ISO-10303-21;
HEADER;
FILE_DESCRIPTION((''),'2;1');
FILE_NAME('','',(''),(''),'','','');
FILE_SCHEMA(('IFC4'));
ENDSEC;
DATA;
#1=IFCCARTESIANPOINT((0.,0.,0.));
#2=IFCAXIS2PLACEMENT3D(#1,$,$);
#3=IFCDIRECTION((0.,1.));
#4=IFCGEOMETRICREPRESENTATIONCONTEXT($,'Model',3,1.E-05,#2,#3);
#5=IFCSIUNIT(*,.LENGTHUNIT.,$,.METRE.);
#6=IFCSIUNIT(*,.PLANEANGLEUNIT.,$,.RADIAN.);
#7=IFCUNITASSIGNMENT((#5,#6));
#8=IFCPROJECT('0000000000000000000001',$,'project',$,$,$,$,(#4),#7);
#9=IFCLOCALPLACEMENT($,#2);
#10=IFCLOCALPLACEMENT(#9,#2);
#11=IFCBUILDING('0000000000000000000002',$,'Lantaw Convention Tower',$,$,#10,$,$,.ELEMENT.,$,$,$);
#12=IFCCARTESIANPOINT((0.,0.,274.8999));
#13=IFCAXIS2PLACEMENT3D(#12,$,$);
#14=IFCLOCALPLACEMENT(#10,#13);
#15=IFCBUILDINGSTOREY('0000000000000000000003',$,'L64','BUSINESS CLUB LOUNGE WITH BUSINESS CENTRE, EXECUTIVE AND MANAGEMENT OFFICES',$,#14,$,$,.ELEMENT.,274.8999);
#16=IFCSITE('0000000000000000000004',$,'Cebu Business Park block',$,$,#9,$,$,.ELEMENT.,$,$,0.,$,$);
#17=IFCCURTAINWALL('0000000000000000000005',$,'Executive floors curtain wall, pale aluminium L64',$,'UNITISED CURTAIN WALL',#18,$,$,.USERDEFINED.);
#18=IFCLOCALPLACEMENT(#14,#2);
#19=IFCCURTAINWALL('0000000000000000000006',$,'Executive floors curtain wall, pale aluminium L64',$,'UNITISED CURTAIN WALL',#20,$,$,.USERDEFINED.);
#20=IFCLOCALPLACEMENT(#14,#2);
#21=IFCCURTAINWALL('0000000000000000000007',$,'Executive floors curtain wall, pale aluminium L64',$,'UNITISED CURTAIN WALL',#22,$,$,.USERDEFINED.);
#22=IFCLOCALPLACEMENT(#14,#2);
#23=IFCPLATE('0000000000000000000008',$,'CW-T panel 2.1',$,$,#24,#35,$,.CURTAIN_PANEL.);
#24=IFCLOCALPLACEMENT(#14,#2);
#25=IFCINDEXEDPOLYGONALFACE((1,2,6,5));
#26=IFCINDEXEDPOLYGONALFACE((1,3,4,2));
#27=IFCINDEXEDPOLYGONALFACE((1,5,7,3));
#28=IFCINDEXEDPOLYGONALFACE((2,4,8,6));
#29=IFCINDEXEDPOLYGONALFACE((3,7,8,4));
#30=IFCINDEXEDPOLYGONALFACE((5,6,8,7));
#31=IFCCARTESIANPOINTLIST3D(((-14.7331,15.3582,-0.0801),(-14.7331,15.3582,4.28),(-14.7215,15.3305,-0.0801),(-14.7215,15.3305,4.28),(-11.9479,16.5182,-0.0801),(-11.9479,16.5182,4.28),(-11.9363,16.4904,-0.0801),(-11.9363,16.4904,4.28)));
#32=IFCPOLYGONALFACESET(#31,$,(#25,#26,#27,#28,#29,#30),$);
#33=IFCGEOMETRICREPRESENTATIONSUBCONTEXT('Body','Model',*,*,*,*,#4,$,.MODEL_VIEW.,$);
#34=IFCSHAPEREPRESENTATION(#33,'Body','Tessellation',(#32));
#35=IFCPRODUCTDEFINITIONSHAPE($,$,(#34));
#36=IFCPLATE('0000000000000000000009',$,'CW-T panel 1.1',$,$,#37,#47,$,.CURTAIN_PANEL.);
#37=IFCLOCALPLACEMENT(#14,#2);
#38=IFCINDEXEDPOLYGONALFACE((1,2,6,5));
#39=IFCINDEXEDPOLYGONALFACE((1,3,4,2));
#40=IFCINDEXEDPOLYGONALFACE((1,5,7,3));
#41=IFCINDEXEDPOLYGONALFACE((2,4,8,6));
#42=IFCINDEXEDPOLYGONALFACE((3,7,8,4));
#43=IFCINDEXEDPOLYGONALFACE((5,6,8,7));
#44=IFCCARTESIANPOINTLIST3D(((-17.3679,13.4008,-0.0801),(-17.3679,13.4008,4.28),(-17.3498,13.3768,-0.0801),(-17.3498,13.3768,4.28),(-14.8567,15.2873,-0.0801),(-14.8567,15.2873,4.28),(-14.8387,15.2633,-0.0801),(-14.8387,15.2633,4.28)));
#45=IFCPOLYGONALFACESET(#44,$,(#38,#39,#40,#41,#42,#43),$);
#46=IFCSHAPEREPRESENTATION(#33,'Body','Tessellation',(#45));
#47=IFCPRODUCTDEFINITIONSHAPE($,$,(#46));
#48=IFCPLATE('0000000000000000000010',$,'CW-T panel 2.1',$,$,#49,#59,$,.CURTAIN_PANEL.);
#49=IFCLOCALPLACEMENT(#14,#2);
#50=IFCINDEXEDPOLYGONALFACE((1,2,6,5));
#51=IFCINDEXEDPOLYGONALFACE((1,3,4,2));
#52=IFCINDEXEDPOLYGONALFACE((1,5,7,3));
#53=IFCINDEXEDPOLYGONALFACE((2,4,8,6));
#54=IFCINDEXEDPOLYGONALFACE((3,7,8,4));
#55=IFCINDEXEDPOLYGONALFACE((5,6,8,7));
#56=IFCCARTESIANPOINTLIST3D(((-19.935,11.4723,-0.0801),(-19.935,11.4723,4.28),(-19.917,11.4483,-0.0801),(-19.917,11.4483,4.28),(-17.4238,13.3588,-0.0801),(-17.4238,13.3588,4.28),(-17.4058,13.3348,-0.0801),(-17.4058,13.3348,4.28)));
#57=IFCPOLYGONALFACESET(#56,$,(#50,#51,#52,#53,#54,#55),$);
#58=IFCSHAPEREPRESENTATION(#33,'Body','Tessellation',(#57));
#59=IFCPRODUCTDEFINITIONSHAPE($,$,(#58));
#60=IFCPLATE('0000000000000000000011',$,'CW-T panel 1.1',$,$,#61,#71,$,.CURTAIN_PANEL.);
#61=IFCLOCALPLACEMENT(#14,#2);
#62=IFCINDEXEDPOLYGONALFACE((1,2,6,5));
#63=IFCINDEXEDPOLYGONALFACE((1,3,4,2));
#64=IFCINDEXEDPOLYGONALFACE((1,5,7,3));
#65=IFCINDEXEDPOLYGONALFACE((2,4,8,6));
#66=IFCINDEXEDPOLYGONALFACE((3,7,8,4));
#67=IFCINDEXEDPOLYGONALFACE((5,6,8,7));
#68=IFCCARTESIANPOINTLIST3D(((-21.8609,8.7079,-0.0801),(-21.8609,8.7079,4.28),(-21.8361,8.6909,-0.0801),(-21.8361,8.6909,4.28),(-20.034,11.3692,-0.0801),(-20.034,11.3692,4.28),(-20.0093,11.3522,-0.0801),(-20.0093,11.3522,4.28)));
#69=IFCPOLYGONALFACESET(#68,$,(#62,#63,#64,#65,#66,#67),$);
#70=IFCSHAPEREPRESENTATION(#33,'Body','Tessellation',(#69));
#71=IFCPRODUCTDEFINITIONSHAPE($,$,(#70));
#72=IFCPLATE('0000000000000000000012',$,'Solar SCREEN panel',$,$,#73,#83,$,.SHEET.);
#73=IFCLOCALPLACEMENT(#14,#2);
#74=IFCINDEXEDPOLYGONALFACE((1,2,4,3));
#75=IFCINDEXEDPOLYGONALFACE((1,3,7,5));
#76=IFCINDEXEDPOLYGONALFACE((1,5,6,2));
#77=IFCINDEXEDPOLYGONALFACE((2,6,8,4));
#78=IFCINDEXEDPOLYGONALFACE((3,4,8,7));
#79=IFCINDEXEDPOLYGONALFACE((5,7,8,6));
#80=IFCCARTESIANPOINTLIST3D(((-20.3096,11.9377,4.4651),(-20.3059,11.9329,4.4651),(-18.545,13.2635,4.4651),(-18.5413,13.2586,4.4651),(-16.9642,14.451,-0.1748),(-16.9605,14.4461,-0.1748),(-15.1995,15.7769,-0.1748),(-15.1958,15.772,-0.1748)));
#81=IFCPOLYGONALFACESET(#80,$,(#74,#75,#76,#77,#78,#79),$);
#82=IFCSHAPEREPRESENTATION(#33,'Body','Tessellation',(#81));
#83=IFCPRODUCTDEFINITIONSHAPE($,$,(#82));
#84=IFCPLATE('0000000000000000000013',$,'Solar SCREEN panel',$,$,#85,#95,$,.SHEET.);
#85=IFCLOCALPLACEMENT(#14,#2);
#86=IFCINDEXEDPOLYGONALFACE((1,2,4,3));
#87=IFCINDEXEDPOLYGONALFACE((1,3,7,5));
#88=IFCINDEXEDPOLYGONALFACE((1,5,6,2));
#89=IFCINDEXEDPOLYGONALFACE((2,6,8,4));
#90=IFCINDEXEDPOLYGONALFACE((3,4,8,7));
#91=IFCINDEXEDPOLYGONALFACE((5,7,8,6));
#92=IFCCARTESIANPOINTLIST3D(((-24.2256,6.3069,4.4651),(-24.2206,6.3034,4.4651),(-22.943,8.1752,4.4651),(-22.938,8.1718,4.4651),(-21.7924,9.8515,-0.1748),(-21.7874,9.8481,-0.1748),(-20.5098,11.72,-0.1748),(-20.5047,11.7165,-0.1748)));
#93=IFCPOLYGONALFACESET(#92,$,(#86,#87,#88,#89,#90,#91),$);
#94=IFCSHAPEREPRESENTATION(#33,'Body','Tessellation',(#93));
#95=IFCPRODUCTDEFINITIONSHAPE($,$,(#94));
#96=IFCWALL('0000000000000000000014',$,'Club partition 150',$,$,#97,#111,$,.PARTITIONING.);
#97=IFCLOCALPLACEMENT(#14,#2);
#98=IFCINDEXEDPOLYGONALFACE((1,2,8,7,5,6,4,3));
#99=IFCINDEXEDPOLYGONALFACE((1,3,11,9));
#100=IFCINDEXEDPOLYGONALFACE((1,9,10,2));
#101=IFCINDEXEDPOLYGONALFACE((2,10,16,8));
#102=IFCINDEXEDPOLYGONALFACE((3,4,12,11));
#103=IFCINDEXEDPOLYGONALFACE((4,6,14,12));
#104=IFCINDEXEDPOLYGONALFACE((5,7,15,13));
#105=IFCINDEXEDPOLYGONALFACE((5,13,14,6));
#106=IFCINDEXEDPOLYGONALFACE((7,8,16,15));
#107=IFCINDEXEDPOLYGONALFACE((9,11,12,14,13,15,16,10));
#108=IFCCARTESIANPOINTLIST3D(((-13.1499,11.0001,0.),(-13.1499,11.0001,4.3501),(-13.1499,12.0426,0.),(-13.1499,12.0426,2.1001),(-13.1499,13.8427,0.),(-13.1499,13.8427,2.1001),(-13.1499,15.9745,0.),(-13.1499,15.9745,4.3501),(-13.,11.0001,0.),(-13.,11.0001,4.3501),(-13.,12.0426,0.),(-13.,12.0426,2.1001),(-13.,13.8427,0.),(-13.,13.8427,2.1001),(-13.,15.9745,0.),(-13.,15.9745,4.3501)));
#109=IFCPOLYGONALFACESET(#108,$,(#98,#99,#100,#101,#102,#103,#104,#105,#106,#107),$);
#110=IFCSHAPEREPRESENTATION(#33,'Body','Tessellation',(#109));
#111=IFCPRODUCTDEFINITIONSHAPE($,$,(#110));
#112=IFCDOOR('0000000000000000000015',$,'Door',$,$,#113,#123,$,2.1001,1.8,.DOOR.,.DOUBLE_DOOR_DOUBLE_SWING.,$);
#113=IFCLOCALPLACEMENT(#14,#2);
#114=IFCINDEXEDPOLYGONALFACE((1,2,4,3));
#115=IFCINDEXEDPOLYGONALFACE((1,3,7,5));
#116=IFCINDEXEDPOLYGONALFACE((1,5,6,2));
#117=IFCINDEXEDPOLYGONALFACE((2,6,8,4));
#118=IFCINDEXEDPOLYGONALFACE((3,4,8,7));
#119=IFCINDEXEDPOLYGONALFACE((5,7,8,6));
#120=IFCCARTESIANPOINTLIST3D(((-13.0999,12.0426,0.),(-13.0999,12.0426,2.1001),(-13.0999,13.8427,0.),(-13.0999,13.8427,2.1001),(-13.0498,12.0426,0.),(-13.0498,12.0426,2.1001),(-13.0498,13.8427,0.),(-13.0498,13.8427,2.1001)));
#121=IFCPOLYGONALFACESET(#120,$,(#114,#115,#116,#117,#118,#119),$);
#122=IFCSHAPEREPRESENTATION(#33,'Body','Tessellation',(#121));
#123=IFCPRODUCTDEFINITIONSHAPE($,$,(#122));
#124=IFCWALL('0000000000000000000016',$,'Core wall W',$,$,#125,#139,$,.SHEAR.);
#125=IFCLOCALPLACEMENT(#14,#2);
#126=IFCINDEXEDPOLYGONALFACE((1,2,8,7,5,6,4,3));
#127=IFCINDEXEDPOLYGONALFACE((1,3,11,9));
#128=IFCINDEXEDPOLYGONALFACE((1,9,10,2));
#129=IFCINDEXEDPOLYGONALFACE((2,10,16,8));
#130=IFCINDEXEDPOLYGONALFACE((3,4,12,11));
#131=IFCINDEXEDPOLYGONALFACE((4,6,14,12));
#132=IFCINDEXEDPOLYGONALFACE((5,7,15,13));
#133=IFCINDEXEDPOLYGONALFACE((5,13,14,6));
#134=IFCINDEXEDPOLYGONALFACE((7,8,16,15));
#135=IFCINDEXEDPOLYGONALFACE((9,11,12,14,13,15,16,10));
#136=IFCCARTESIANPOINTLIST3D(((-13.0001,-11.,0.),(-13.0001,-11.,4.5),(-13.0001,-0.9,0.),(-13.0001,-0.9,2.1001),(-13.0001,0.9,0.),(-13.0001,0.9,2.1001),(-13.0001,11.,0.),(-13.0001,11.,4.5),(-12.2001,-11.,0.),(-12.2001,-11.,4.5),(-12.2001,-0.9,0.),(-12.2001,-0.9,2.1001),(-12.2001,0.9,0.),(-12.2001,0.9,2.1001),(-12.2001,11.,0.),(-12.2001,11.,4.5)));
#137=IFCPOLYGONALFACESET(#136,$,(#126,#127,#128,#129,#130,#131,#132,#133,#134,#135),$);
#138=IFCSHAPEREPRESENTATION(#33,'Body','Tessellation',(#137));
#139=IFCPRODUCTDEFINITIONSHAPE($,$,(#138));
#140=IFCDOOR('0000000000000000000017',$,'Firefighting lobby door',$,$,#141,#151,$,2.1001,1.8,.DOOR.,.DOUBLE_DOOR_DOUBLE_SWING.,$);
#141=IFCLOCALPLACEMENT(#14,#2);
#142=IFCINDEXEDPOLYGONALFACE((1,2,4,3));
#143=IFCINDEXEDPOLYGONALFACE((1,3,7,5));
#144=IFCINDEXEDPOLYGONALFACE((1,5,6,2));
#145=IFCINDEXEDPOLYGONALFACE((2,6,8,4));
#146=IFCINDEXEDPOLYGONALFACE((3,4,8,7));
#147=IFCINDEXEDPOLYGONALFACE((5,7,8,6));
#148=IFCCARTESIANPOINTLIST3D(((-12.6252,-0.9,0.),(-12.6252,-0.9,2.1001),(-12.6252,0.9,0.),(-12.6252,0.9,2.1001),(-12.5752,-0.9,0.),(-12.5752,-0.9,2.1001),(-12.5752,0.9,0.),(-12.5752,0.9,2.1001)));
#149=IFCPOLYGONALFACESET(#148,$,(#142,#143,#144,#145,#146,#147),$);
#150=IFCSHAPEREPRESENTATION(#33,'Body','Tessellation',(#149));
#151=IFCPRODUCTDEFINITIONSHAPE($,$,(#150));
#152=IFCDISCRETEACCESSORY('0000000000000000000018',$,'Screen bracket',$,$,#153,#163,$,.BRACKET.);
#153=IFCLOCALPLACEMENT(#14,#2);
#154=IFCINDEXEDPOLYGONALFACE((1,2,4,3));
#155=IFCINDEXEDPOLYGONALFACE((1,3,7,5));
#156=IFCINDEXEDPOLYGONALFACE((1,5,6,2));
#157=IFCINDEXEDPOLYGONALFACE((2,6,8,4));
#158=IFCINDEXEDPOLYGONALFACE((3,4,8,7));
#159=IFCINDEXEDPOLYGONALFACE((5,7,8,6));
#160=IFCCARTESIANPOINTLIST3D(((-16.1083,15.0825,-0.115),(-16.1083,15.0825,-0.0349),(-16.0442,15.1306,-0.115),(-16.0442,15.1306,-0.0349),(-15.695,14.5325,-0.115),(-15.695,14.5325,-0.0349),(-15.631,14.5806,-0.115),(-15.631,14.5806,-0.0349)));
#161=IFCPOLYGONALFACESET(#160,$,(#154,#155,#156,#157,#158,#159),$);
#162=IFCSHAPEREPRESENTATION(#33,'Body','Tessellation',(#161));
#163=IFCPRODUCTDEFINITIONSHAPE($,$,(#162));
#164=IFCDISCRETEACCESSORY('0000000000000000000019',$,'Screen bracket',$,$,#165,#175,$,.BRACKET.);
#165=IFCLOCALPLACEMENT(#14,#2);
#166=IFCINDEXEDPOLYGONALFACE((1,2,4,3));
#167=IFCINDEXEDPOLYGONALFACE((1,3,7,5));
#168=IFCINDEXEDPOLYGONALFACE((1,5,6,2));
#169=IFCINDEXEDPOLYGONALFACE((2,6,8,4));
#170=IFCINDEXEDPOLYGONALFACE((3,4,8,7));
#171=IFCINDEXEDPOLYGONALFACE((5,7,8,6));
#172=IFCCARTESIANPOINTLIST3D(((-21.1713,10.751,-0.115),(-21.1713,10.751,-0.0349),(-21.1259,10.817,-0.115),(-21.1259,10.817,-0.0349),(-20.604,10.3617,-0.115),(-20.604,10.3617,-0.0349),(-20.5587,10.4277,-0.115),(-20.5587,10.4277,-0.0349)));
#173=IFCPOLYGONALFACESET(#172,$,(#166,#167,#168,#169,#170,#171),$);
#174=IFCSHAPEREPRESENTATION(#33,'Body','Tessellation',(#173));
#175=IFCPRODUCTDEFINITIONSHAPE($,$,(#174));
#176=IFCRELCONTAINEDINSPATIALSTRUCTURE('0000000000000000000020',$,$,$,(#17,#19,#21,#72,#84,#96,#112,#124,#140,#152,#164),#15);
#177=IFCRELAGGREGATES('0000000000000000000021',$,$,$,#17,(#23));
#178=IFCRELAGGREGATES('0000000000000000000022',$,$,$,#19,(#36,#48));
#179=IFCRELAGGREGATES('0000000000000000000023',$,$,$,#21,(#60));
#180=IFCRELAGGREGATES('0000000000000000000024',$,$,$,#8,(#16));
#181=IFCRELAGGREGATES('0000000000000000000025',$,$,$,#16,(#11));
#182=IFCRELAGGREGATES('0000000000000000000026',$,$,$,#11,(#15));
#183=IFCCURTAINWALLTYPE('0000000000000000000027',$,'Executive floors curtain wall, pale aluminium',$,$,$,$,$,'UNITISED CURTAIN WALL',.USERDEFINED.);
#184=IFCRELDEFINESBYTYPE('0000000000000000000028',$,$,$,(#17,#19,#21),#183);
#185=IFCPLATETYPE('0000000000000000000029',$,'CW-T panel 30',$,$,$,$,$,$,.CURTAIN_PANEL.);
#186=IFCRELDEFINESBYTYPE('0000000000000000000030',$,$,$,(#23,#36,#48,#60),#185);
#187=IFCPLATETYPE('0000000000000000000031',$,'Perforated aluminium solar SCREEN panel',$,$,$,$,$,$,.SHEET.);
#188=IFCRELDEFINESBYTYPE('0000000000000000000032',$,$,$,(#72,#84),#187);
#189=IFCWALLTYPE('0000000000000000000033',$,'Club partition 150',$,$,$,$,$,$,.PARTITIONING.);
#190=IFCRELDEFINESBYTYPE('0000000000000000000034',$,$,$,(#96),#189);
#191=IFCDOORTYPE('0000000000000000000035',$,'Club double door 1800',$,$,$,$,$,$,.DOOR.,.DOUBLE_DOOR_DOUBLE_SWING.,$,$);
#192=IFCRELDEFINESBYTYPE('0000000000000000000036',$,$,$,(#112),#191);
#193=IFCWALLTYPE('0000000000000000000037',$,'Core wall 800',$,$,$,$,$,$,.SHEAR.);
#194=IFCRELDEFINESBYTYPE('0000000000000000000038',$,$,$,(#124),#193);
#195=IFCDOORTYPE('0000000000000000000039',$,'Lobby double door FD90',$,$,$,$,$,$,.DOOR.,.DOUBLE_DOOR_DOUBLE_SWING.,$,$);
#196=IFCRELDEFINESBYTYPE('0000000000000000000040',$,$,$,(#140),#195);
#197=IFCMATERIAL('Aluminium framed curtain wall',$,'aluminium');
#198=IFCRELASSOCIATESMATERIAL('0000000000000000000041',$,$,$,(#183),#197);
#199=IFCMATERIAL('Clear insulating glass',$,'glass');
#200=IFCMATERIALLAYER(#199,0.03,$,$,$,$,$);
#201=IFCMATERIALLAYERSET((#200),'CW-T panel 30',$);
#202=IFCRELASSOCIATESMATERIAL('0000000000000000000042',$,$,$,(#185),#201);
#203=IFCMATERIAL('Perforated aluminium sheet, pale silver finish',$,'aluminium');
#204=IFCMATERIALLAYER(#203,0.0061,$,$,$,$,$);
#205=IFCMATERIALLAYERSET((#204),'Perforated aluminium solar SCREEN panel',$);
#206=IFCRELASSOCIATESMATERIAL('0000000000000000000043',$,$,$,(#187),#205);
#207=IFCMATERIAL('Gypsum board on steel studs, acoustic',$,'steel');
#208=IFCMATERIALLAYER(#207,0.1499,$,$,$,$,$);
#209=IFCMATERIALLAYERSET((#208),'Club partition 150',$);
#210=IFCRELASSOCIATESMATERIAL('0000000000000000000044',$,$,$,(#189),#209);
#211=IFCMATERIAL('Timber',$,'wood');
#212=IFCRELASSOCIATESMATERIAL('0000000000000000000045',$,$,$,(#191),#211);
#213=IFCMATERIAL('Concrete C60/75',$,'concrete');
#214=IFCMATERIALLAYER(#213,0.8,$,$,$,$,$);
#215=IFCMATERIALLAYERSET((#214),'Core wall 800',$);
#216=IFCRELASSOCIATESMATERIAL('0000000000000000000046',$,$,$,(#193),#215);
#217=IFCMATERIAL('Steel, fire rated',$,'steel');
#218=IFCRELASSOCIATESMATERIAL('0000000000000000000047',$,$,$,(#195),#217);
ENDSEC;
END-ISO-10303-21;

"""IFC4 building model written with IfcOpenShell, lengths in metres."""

from ifc_helpers import new_model, si_unit, direction, frame, frame_2d, origin, origin_2d, place, context, subcontext, project, spatial, polyline, rectangle, outline, extrude, material, layer, layer_set, type_object, element, fill, aggregate, save


model = new_model("IFC4")

# Units and contexts
model_context = context("Model", 3, precision=1e-05, world=origin(), true_north=direction((0.0, 1.0)))
body_context = subcontext(model_context, "Body", "Model", "MODEL_VIEW")
ifc_project = project(units=[si_unit("LENGTHUNIT", "METRE"), si_unit("PLANEANGLEUNIT", "RADIAN")], contexts=[model_context])

# Site, building, storey
site_placement = place(None, origin())
site = spatial("IfcSite", under=ifc_project, at=site_placement, Name="Cebu Business Park block", CompositionType="ELEMENT", RefElevation=0.0)
building_placement = place(site_placement, origin())
building = spatial("IfcBuilding", under=site, at=building_placement, Name="Lantaw Convention Tower", CompositionType="ELEMENT")
storey_placement = place(building_placement, frame((0.0, 0.0, 274.8999)))
storey = spatial("IfcBuildingStorey", under=building, at=storey_placement, Name="L64", Description="BUSINESS CLUB LOUNGE WITH BUSINESS CENTRE, EXECUTIVE AND MANAGEMENT OFFICES", CompositionType="ELEMENT", Elevation=274.8999)

# Shared definitions
ifc_material_1 = material(Name="Concrete C60/75", Category="concrete")

# Curtain walls
ifc_material_2 = material(Name="Aluminium framed curtain wall", Category="aluminium")
curtain_wall_type = type_object("IfcCurtainWallType", Name="Executive floors curtain wall, pale aluminium", ElementType="UNITISED CURTAIN WALL", PredefinedType="USERDEFINED", material=ifc_material_2)
curtain_wall_1_placement = place(storey_placement, origin())
curtain_wall_1 = element("IfcCurtainWall", 1, at=curtain_wall_1_placement, inside=storey, type_object=curtain_wall_type, Name="Executive floors curtain wall, pale aluminium L64", ObjectType="UNITISED CURTAIN WALL", PredefinedType="USERDEFINED")
curtain_wall_2_placement = place(storey_placement, origin())
curtain_wall_2 = element("IfcCurtainWall", 2, at=curtain_wall_2_placement, inside=storey, type_object=curtain_wall_type, Name="Executive floors curtain wall, pale aluminium L64", ObjectType="UNITISED CURTAIN WALL", PredefinedType="USERDEFINED")

# Curtain wall
curtain_wall_3_placement = place(storey_placement, origin())
curtain_wall_3 = element("IfcCurtainWall", 3, at=curtain_wall_3_placement, inside=storey, type_object=curtain_wall_type, Name="Executive floors curtain wall, pale aluminium L64", ObjectType="UNITISED CURTAIN WALL", PredefinedType="USERDEFINED")

# Plates
ifc_material_3 = material(Name="Clear insulating glass", Category="glass")
ifc_layer_1 = layer(ifc_material_3, 0.03)
ifc_layer_set_1 = layer_set([ifc_layer_1], Name="CW-T panel 30")
plate_type_1 = type_object("IfcPlateType", Name="CW-T panel 30", PredefinedType="CURTAIN_PANEL", material=ifc_layer_set_1)
plate_1_placement = place(storey_placement, frame((-13.3347, 15.9243, -0.0801), z_axis=(0.0, 0.0, 1.0), x_axis=(-0.923142, -0.38446, 0.0)))
plate_1 = element("IfcPlate", 4, at=plate_1_placement, type_object=plate_type_1, Name="CW-T panel 2.1", PredefinedType="CURTAIN_PANEL", context=body_context, shape_type="SweptSolid", body=[
    extrude(rectangle(XDim=3.0171, YDim=0.03, at=origin_2d()), origin(), (0.0, 0.0, 1.0), 4.3601),
])
aggregate(curtain_wall_1, [plate_1])
plate_2_placement = place(storey_placement, frame((-16.1033, 14.332, -0.0801), z_axis=(0.0, 0.0, 1.0), x_axis=(-0.799518, -0.600643, 0.0)))
plate_2 = element("IfcPlate", 5, at=plate_2_placement, type_object=plate_type_1, Name="CW-T panel 1.1", PredefinedType="CURTAIN_PANEL", context=body_context, shape_type="SweptSolid", body=[
    extrude(rectangle(XDim=3.1409, YDim=0.03, at=origin_2d()), origin(), (0.0, 0.0, 1.0), 4.3601),
])
plate_3_placement = place(storey_placement, frame((-18.6704, 12.4036, -0.0801), z_axis=(0.0, 0.0, 1.0), x_axis=(-0.799518, -0.600643, 0.0)))
plate_3 = element("IfcPlate", 6, at=plate_3_placement, type_object=plate_type_1, Name="CW-T panel 2.1", PredefinedType="CURTAIN_PANEL", context=body_context, shape_type="SweptSolid", body=[
    extrude(rectangle(XDim=3.1409, YDim=0.03, at=origin_2d()), origin(), (0.0, 0.0, 1.0), 4.3601),
])
aggregate(curtain_wall_2, [plate_2, plate_3])
plate_4_placement = place(storey_placement, frame((-20.9351, 10.03, -0.0801), z_axis=(0.0, 0.0, 1.0), x_axis=(-0.565935, -0.82445, 0.0)))
plate_4 = element("IfcPlate", 7, at=plate_4_placement, type_object=plate_type_1, Name="CW-T panel 1.1", PredefinedType="CURTAIN_PANEL", context=body_context, shape_type="SweptSolid", body=[
    extrude(rectangle(XDim=3.228, YDim=0.03, at=origin_2d()), origin(), (0.0, 0.0, 1.0), 4.3601),
])
aggregate(curtain_wall_3, [plate_4])

# Plates
ifc_material_4 = material(Name="Perforated aluminium sheet, pale silver finish", Category="aluminium")
ifc_layer_2 = layer(ifc_material_4, 0.0061)
ifc_layer_set_2 = layer_set([ifc_layer_2], Name="Perforated aluminium solar SCREEN panel")
plate_type_2 = type_object("IfcPlateType", Name="Perforated aluminium solar SCREEN panel", PredefinedType="SHEET", material=ifc_layer_set_2)
plate_5_placement = place(storey_placement, frame((-15.1958, 15.772, -0.1748), z_axis=(0.600672, -0.799495, 0.000032), x_axis=(-0.799495, -0.600672, 0.0)))
element("IfcPlate", 8, at=plate_5_placement, inside=storey, type_object=plate_type_2, Name="Solar SCREEN panel", PredefinedType="SHEET", context=body_context, shape_type="SweptSolid", body=[
    extrude(outline(polyline([(0.0, 0.0), (2.2073, 0.0), (6.3916, -4.6399), (4.1844, -4.6399), (0.0, 0.0)])), origin(), (0.0, 0.0, -1.0), 0.0061),
])
plate_6_placement = place(storey_placement, frame((-20.5098, 11.72, -0.1748), z_axis=(-0.824441, 0.565948, 0.000011), x_axis=(-0.565948, -0.824441, 0.0)))
element("IfcPlate", 9, at=plate_6_placement, inside=storey, type_object=plate_type_2, Name="Solar SCREEN panel", PredefinedType="SHEET", context=body_context, shape_type="SweptSolid", body=[
    extrude(outline(polyline([(0.0, 0.0), (2.2663, 0.0), (6.5657, 4.6399), (4.2995, 4.6399), (0.0, 0.0)])), origin(), (0.0, 0.0, -1.0), 0.0061),
])

# Walls, openings, doors
ifc_material_5 = material(Name="Gypsum board on steel studs, acoustic", Category="steel")
ifc_layer_3 = layer(ifc_material_5, 0.1499)
ifc_layer_set_3 = layer_set([ifc_layer_3], Name="Club partition 150")
wall_type_1 = type_object("IfcWallType", Name="Club partition 150", PredefinedType="PARTITIONING", material=ifc_layer_set_3)
wall_1_placement = place(storey_placement, frame((-13.075, 11.0, 0.0), z_axis=(0.0, 0.0, 1.0), x_axis=(0.0, 1.0, 0.0)))
wall_1 = element("IfcWall", 10, at=wall_1_placement, inside=storey, type_object=wall_type_1, Name="Club partition 150", PredefinedType="PARTITIONING", context=body_context, shape_type="SweptSolid", body=[
    extrude(rectangle(XDim=4.9744, YDim=0.1499, at=frame_2d((2.4873, 0.0))), origin(), (0.0, 0.0, 1.0), 4.3501),
])
opening_1_placement = place(wall_1_placement, frame((1.0427, 0.0, 0.0)))
opening_1 = element("IfcOpeningElement", 11, at=opening_1_placement, cuts=wall_1, PredefinedType="OPENING", context=body_context, shape_type="SweptSolid", body=[
    extrude(rectangle(XDim=1.8, YDim=2.1001, at=frame_2d((0.8999, 1.05))), frame((0.0, 0.085, 0.0), z_axis=(0.0, -1.0, 0.0), x_axis=(1.0, 0.0, 0.0)), (0.0, 0.0, 1.0), 0.1699),
])
ifc_material_6 = material(Name="Timber", Category="wood")
door_type_1 = type_object("IfcDoorType", Name="Club double door 1800", OperationType="DOUBLE_DOOR_DOUBLE_SWING", PredefinedType="DOOR", material=ifc_material_6)
door_1_placement = place(opening_1_placement, origin())
door_1 = element("IfcDoor", 12, at=door_1_placement, inside=storey, type_object=door_type_1, Name="Door", OperationType="DOUBLE_DOOR_DOUBLE_SWING", OverallHeight=2.1001, OverallWidth=1.8, PredefinedType="DOOR", context=body_context, shape_type="SweptSolid", body=[
    extrude(rectangle(XDim=1.8, YDim=2.1001, at=frame_2d((0.8999, 1.05))), frame((0.0, 0.0249, 0.0), z_axis=(0.0, -1.0, 0.0), x_axis=(1.0, 0.0, 0.0)), (0.0, 0.0, 1.0), 0.05),
])
fill(opening_1, door_1)
ifc_layer_4 = layer(ifc_material_1, 0.8)
ifc_layer_set_4 = layer_set([ifc_layer_4], Name="Core wall 800")
wall_type_2 = type_object("IfcWallType", Name="Core wall 800", PredefinedType="SHEAR", material=ifc_layer_set_4)
wall_2_placement = place(storey_placement, frame((-12.6001, 11.0, 0.0), z_axis=(0.0, 0.0, 1.0), x_axis=(0.0, -1.0, 0.0)))
wall_2 = element("IfcWall", 13, at=wall_2_placement, inside=storey, type_object=wall_type_2, Name="Core wall W", PredefinedType="SHEAR", context=body_context, shape_type="SweptSolid", body=[
    extrude(rectangle(XDim=22.0, YDim=0.8, at=frame_2d((11.0, 0.0))), origin(), (0.0, 0.0, 1.0), 4.5),
])
opening_2_placement = place(wall_2_placement, frame((10.1001, 0.0, 0.0)))
opening_2 = element("IfcOpeningElement", 14, at=opening_2_placement, cuts=wall_2, PredefinedType="OPENING", context=body_context, shape_type="SweptSolid", body=[
    extrude(rectangle(XDim=1.8, YDim=2.1001, at=frame_2d((0.8999, 1.05))), frame((0.0, 0.4099, 0.0), z_axis=(0.0, -1.0, 0.0), x_axis=(1.0, 0.0, 0.0)), (0.0, 0.0, 1.0), 0.8201),
])
ifc_material_7 = material(Name="Steel, fire rated", Category="steel")
door_type_2 = type_object("IfcDoorType", Name="Lobby double door FD90", OperationType="DOUBLE_DOOR_DOUBLE_SWING", PredefinedType="DOOR", material=ifc_material_7)
door_2_placement = place(opening_2_placement, origin())
door_2 = element("IfcDoor", 15, at=door_2_placement, inside=storey, type_object=door_type_2, Name="Firefighting lobby door", OperationType="DOUBLE_DOOR_DOUBLE_SWING", OverallHeight=2.1001, OverallWidth=1.8, PredefinedType="DOOR", context=body_context, shape_type="SweptSolid", body=[
    extrude(rectangle(XDim=1.8, YDim=2.1001, at=frame_2d((0.8999, 1.05))), frame((0.0, 0.0249, 0.0), z_axis=(0.0, -1.0, 0.0), x_axis=(1.0, 0.0, 0.0)), (0.0, 0.0, 1.0), 0.05),
])
fill(opening_2, door_2)

# Discrete accessories
for number, where, z_axis, x_axis, name in (
    (16, (-15.8696, 14.8315, -0.115), (0.0, 0.0, 1.0), (-0.799518, -0.600643, 0.0), "Screen bracket"),
    (17, (-20.865, 10.5894, -0.115), (0.0, 0.0, 1.0), (-0.565935, -0.82445, 0.0), "Screen bracket"),
):
    element("IfcDiscreteAccessory", number, at=place(storey_placement, frame(where, z_axis=z_axis, x_axis=x_axis)), inside=storey, Name=name, PredefinedType="BRACKET", context=body_context, shape_type="SweptSolid", body=[
        extrude(rectangle(XDim=0.0801, YDim=0.688, at=origin_2d()), origin(), (0.0, 0.0, 1.0), 0.0801),
    ])

save(model, "model.ifc")
